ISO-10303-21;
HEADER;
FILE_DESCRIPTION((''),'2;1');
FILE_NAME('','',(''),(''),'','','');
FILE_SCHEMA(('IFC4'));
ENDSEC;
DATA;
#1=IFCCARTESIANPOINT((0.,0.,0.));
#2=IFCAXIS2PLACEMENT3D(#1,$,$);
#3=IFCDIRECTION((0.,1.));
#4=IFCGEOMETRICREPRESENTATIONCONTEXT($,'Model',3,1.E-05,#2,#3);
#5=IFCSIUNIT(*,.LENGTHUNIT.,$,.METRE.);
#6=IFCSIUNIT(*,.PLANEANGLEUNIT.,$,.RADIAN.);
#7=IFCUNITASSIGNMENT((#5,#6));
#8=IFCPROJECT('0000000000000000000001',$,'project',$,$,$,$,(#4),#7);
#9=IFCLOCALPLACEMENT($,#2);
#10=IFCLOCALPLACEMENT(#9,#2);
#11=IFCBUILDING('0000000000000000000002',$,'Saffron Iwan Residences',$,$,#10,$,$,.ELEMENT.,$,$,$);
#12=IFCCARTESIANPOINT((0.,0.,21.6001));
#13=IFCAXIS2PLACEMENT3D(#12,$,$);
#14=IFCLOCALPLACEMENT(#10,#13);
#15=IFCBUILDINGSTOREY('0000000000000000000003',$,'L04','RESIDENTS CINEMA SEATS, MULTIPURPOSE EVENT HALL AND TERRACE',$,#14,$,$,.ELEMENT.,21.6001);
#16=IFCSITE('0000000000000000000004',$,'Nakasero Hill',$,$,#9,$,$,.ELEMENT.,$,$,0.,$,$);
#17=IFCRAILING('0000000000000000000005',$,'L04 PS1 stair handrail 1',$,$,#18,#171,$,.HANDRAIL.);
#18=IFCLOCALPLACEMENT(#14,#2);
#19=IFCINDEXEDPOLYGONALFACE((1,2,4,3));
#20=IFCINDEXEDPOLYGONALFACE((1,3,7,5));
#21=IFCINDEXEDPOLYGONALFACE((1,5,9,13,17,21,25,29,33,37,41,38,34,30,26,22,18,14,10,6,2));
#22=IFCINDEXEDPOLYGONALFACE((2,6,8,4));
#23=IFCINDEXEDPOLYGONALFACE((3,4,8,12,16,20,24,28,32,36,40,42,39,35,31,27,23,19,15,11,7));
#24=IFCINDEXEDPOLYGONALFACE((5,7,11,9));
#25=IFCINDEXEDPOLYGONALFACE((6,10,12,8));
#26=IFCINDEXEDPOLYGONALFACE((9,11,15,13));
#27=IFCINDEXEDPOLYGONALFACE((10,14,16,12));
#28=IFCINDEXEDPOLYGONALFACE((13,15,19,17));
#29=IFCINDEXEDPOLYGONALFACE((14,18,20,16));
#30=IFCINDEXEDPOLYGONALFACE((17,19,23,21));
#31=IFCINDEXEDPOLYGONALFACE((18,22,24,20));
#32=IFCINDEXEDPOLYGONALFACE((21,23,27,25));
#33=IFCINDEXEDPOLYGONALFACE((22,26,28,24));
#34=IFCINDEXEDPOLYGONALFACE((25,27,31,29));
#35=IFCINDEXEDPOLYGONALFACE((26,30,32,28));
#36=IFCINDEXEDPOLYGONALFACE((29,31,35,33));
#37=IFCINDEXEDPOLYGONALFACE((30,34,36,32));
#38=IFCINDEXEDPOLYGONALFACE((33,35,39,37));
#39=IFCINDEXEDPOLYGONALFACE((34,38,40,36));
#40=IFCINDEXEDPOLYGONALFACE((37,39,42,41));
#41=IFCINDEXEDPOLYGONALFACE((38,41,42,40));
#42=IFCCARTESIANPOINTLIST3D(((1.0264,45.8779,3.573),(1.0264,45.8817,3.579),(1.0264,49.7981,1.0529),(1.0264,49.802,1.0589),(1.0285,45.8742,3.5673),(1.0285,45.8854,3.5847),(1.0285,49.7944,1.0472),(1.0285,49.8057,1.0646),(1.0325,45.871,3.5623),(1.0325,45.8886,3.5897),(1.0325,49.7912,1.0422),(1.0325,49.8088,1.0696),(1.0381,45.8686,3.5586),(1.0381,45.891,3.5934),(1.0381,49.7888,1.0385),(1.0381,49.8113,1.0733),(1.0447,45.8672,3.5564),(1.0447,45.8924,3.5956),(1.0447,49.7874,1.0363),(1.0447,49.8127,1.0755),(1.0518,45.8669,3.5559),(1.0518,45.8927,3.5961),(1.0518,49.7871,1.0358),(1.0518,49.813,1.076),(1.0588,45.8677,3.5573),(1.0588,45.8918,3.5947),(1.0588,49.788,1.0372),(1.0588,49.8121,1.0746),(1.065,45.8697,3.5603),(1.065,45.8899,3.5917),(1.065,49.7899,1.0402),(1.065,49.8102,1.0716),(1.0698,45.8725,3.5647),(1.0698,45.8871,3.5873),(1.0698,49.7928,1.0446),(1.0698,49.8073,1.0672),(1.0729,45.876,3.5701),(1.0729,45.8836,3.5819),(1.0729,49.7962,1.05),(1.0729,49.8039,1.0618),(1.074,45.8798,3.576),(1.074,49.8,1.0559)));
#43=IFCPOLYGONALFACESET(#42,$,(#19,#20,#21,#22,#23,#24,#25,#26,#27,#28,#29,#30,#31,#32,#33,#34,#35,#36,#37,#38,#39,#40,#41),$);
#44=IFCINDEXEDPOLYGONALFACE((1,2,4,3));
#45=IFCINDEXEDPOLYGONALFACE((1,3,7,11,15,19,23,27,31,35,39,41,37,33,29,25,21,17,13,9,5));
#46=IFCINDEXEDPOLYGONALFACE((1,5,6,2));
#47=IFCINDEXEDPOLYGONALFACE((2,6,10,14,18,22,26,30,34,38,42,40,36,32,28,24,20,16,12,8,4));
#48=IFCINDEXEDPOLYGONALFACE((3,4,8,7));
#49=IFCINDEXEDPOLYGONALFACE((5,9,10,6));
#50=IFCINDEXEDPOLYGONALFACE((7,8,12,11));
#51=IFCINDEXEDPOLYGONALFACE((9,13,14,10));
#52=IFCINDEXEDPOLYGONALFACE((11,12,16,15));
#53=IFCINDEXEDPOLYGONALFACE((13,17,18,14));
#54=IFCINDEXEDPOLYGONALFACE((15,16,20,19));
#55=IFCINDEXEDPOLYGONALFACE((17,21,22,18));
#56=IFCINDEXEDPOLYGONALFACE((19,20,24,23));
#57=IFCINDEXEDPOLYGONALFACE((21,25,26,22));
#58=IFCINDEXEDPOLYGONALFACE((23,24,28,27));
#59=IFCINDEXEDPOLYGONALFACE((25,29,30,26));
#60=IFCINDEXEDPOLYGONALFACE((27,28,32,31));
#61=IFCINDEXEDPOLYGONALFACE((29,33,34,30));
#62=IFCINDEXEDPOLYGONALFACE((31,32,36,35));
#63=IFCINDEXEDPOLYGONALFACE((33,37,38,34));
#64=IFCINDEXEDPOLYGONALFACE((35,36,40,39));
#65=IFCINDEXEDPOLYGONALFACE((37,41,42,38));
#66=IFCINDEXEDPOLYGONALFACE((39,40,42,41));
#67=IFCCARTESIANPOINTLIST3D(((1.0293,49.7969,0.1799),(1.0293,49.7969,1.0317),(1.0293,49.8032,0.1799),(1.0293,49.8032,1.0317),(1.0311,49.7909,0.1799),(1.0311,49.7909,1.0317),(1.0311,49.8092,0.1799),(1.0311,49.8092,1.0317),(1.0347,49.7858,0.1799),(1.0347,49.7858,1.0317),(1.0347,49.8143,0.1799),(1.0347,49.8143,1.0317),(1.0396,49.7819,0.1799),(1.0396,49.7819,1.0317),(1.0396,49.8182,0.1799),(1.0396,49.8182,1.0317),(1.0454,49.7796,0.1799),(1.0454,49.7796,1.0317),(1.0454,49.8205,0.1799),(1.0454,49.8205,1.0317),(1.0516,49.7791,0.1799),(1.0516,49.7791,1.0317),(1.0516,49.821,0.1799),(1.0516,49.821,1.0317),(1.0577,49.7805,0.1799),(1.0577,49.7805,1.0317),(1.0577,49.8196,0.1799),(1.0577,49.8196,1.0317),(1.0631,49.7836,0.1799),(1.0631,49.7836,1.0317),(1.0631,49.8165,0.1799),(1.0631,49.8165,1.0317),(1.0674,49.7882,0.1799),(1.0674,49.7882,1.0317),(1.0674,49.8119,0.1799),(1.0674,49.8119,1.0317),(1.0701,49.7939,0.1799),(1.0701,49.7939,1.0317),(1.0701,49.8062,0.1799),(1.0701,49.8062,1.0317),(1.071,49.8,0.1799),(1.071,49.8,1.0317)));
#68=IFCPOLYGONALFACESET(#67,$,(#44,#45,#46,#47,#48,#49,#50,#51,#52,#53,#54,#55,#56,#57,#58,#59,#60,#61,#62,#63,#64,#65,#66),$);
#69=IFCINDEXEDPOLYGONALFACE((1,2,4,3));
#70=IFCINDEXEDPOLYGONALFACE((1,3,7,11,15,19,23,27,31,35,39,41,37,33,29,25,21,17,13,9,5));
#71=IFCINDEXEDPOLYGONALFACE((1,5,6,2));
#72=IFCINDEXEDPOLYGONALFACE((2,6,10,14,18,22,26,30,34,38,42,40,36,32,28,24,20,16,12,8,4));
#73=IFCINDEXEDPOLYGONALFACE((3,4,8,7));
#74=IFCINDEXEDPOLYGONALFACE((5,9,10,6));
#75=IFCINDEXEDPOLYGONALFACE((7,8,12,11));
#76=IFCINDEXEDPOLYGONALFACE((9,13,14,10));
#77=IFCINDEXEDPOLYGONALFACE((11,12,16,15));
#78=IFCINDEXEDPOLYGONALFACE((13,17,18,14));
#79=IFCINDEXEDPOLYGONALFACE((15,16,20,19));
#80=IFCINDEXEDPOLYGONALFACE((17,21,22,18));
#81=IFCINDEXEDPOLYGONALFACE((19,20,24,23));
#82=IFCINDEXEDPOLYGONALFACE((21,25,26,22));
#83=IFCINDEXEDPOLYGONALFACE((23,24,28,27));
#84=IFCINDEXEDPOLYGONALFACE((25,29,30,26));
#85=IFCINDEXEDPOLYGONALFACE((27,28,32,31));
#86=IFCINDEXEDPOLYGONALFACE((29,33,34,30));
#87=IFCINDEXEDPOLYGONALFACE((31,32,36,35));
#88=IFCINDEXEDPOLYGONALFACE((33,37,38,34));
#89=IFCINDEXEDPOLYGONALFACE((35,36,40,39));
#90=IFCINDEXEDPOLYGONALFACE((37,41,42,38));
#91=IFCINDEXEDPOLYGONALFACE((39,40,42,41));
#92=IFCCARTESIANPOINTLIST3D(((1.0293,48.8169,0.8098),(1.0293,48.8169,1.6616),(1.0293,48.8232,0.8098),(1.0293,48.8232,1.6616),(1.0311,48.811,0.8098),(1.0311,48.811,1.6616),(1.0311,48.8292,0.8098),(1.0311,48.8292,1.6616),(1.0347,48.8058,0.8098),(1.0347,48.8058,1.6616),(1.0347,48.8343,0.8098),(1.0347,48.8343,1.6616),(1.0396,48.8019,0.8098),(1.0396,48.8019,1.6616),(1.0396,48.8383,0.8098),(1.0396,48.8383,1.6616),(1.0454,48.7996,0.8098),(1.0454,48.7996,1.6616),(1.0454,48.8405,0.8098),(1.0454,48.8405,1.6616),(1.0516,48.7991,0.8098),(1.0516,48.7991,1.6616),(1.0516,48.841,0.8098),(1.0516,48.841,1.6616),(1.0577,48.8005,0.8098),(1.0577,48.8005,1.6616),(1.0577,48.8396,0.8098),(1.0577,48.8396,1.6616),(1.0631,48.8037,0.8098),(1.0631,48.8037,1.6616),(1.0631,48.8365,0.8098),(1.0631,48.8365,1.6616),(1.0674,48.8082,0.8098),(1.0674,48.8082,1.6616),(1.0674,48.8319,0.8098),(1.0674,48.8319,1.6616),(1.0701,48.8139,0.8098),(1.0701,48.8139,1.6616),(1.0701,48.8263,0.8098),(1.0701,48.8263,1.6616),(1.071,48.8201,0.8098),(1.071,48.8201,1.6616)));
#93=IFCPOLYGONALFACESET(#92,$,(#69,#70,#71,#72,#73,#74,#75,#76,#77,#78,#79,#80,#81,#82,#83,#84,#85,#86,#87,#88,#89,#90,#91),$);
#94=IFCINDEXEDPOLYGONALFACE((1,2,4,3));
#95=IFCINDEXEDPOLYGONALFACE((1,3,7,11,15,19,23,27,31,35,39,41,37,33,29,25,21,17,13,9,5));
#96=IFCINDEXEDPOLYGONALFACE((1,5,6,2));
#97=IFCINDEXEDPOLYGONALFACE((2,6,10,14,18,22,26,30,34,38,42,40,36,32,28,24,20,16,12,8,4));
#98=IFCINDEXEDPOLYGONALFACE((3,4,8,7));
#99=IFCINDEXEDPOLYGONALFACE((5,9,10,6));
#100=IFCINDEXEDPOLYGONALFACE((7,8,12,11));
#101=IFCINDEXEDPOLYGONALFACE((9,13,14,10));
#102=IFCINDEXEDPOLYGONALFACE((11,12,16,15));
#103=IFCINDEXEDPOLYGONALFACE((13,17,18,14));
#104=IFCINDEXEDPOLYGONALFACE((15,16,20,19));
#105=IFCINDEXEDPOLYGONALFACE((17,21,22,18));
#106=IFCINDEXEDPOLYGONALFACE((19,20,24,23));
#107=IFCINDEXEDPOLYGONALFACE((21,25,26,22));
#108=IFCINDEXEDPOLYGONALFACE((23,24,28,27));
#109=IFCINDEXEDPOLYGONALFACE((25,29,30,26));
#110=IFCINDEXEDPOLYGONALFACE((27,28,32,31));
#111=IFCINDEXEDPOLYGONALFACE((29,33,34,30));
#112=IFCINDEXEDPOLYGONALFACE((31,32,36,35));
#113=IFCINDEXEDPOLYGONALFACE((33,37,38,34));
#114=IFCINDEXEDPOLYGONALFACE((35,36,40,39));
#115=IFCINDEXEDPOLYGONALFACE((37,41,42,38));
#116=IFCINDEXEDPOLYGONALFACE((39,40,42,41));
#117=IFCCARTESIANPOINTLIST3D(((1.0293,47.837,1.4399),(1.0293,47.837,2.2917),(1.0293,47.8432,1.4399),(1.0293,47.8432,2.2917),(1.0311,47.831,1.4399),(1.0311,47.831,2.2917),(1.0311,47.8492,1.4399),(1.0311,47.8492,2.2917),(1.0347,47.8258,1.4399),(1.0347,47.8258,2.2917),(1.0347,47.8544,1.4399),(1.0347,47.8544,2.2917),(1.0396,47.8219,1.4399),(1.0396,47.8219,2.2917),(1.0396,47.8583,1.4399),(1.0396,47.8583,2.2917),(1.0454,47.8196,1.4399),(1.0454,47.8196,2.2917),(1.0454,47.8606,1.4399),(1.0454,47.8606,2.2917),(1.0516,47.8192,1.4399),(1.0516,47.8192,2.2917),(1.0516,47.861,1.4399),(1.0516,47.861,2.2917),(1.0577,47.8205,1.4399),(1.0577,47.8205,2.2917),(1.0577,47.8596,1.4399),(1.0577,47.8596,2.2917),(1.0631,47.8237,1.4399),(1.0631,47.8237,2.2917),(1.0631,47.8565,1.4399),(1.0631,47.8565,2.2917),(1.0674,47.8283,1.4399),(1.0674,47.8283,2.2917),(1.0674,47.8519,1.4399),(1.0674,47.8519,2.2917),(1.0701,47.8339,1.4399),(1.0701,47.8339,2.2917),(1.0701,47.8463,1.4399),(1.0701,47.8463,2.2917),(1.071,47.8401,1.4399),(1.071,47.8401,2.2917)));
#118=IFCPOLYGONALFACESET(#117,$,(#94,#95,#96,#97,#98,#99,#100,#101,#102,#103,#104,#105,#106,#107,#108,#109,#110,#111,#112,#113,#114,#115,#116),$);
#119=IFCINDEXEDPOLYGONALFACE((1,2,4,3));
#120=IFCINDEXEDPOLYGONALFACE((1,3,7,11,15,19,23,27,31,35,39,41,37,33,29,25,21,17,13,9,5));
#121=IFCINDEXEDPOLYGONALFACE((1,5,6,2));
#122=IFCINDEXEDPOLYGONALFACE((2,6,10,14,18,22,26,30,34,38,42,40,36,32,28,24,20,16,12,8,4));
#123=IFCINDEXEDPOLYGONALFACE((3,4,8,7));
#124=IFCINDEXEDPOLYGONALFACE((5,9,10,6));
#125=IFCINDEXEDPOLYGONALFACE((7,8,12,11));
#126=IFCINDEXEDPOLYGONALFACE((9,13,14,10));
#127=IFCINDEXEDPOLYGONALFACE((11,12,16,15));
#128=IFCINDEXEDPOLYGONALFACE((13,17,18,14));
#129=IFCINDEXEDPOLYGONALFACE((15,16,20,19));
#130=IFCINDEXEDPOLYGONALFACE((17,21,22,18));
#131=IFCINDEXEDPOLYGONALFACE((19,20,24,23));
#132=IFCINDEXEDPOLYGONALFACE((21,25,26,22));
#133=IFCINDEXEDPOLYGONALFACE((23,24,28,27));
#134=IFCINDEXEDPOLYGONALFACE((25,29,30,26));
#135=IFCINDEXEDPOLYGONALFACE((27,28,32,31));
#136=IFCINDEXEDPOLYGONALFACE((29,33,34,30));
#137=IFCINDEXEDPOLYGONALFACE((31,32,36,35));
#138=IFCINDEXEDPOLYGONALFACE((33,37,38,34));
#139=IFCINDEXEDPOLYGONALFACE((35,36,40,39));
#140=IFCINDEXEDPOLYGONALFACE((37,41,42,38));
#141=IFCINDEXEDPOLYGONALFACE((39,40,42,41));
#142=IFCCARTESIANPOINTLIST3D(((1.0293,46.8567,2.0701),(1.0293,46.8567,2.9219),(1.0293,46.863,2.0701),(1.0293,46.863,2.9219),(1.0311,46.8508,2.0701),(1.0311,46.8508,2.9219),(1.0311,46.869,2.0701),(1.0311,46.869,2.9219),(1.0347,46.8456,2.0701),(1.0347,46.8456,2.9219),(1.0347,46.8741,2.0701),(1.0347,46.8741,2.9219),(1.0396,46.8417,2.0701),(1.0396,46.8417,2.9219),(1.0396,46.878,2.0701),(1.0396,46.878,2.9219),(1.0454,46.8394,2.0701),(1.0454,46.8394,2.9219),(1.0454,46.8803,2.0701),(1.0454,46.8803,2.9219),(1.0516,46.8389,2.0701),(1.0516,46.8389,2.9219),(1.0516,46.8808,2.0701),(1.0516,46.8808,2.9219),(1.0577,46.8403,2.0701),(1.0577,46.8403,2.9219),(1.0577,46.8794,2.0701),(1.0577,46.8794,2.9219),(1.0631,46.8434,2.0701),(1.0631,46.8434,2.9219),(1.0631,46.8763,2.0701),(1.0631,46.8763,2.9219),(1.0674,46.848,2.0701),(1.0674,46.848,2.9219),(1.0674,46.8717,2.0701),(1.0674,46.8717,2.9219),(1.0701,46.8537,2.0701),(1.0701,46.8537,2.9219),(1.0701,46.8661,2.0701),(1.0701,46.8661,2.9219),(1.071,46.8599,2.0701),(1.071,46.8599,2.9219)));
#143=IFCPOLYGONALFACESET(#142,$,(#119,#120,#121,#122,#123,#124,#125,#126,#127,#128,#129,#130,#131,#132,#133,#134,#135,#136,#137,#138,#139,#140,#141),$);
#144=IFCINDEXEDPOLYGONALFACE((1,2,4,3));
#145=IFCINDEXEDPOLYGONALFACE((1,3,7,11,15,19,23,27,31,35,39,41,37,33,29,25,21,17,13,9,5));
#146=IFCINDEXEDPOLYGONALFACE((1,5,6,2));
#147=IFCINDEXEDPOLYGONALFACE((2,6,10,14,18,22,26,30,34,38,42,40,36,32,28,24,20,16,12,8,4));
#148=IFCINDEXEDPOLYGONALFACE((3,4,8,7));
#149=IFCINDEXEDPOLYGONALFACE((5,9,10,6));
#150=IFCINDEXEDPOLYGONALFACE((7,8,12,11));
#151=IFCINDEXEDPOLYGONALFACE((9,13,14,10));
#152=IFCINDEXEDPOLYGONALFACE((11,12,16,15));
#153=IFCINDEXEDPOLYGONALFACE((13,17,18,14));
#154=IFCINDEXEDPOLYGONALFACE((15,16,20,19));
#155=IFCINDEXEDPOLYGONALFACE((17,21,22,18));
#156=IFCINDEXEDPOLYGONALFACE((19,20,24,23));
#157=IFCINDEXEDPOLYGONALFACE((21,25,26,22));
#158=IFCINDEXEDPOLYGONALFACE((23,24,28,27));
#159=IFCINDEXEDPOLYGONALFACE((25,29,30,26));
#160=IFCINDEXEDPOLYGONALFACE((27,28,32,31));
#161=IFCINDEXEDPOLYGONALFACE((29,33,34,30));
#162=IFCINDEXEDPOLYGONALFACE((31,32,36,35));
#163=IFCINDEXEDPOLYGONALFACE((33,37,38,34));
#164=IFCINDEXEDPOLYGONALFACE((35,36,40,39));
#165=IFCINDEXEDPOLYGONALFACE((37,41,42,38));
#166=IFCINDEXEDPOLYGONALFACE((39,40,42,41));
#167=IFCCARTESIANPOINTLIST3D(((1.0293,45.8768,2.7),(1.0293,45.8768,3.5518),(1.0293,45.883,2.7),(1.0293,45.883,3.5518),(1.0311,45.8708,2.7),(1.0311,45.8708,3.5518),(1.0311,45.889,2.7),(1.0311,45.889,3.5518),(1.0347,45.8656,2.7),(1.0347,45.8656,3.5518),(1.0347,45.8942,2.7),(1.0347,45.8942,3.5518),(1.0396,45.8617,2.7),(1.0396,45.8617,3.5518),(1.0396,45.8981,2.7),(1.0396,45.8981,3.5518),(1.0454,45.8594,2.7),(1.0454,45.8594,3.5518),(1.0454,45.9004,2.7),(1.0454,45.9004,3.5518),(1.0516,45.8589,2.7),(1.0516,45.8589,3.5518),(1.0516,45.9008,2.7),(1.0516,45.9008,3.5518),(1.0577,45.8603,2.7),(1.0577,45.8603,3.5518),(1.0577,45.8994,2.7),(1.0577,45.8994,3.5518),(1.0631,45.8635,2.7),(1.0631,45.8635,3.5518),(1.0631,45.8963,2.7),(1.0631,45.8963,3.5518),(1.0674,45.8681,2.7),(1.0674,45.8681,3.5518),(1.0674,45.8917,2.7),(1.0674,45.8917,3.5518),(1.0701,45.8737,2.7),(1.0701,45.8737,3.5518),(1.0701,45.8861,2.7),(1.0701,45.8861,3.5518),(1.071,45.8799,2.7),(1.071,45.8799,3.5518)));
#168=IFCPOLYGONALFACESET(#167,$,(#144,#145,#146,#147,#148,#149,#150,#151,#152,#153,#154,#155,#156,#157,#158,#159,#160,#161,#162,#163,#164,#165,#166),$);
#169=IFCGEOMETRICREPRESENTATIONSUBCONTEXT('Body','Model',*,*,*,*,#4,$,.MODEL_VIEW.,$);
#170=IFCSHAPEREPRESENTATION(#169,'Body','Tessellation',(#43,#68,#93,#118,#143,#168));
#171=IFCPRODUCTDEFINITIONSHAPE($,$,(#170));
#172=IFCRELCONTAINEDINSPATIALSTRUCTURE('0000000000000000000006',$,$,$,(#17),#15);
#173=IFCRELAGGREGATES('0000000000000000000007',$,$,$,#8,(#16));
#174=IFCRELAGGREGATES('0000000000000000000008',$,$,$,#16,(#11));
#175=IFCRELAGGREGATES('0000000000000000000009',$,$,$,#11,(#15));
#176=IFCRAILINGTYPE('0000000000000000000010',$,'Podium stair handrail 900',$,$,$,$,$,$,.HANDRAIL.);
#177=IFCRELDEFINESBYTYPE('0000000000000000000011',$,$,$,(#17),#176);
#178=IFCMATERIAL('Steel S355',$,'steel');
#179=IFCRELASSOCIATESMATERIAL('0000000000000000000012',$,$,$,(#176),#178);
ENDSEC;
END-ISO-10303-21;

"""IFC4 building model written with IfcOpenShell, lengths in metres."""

from ifc_helpers import new_model, si_unit, direction, frame, origin, origin_2d, place, context, subcontext, project, spatial, circle, extrude, material, type_object, element, save


model = new_model("IFC4")

# Units and contexts
model_context = context("Model", 3, precision=1e-05, world=origin(), true_north=direction((0.0, 1.0)))
body_context = subcontext(model_context, "Body", "Model", "MODEL_VIEW")
ifc_project = project(units=[si_unit("LENGTHUNIT", "METRE"), si_unit("PLANEANGLEUNIT", "RADIAN")], contexts=[model_context])

# Site, building, storey
site_placement = place(None, origin())
site = spatial("IfcSite", under=ifc_project, at=site_placement, Name="Nakasero Hill", CompositionType="ELEMENT", RefElevation=0.0)
building_placement = place(site_placement, origin())
building = spatial("IfcBuilding", under=site, at=building_placement, Name="Saffron Iwan Residences", CompositionType="ELEMENT")
storey_placement = place(building_placement, frame((0.0, 0.0, 21.6001)))
storey = spatial("IfcBuildingStorey", under=building, at=storey_placement, Name="L04", Description="RESIDENTS CINEMA SEATS, MULTIPURPOSE EVENT HALL AND TERRACE", CompositionType="ELEMENT", Elevation=21.6001)

# Railing
ifc_material_1 = material(Name="Steel S355", Category="steel")
railing_type_1 = type_object("IfcRailingType", Name="Podium stair handrail 900", PredefinedType="HANDRAIL", material=ifc_material_1)
railing_1_placement = place(storey_placement, frame((1.05, 49.8, 0.1799)))
element("IfcRailing", 1, at=railing_1_placement, inside=storey, type_object=railing_type_1, Name="L04 PS1 stair handrail 1", PredefinedType="HANDRAIL", context=body_context, shape_type="SweptSolid", body=[
    extrude(circle(Radius=0.0239, at=origin_2d()), frame((0.0, 0.0, 0.876), z_axis=(0.0, -0.841187, 0.540744), x_axis=(1.0, 0.0, 0.0)), (0.0, 0.0, 1.0), 4.6604),
    extrude(circle(Radius=0.021, at=origin_2d()), origin(), (0.0, 0.0, 1.0), 0.8518),
    extrude(circle(Radius=0.021, at=origin_2d()), frame((0.0, -0.98, 0.6299)), (0.0, 0.0, 1.0), 0.8518),
    extrude(circle(Radius=0.021, at=origin_2d()), frame((0.0, -1.96, 1.26)), (0.0, 0.0, 1.0), 0.8518),
    extrude(circle(Radius=0.021, at=origin_2d()), frame((0.0, -2.9402, 1.8901)), (0.0, 0.0, 1.0), 0.8518),
    extrude(circle(Radius=0.021, at=origin_2d()), frame((0.0, -3.9202, 2.52)), (0.0, 0.0, 1.0), 0.8518),
])

save(model, "model.ifc")
